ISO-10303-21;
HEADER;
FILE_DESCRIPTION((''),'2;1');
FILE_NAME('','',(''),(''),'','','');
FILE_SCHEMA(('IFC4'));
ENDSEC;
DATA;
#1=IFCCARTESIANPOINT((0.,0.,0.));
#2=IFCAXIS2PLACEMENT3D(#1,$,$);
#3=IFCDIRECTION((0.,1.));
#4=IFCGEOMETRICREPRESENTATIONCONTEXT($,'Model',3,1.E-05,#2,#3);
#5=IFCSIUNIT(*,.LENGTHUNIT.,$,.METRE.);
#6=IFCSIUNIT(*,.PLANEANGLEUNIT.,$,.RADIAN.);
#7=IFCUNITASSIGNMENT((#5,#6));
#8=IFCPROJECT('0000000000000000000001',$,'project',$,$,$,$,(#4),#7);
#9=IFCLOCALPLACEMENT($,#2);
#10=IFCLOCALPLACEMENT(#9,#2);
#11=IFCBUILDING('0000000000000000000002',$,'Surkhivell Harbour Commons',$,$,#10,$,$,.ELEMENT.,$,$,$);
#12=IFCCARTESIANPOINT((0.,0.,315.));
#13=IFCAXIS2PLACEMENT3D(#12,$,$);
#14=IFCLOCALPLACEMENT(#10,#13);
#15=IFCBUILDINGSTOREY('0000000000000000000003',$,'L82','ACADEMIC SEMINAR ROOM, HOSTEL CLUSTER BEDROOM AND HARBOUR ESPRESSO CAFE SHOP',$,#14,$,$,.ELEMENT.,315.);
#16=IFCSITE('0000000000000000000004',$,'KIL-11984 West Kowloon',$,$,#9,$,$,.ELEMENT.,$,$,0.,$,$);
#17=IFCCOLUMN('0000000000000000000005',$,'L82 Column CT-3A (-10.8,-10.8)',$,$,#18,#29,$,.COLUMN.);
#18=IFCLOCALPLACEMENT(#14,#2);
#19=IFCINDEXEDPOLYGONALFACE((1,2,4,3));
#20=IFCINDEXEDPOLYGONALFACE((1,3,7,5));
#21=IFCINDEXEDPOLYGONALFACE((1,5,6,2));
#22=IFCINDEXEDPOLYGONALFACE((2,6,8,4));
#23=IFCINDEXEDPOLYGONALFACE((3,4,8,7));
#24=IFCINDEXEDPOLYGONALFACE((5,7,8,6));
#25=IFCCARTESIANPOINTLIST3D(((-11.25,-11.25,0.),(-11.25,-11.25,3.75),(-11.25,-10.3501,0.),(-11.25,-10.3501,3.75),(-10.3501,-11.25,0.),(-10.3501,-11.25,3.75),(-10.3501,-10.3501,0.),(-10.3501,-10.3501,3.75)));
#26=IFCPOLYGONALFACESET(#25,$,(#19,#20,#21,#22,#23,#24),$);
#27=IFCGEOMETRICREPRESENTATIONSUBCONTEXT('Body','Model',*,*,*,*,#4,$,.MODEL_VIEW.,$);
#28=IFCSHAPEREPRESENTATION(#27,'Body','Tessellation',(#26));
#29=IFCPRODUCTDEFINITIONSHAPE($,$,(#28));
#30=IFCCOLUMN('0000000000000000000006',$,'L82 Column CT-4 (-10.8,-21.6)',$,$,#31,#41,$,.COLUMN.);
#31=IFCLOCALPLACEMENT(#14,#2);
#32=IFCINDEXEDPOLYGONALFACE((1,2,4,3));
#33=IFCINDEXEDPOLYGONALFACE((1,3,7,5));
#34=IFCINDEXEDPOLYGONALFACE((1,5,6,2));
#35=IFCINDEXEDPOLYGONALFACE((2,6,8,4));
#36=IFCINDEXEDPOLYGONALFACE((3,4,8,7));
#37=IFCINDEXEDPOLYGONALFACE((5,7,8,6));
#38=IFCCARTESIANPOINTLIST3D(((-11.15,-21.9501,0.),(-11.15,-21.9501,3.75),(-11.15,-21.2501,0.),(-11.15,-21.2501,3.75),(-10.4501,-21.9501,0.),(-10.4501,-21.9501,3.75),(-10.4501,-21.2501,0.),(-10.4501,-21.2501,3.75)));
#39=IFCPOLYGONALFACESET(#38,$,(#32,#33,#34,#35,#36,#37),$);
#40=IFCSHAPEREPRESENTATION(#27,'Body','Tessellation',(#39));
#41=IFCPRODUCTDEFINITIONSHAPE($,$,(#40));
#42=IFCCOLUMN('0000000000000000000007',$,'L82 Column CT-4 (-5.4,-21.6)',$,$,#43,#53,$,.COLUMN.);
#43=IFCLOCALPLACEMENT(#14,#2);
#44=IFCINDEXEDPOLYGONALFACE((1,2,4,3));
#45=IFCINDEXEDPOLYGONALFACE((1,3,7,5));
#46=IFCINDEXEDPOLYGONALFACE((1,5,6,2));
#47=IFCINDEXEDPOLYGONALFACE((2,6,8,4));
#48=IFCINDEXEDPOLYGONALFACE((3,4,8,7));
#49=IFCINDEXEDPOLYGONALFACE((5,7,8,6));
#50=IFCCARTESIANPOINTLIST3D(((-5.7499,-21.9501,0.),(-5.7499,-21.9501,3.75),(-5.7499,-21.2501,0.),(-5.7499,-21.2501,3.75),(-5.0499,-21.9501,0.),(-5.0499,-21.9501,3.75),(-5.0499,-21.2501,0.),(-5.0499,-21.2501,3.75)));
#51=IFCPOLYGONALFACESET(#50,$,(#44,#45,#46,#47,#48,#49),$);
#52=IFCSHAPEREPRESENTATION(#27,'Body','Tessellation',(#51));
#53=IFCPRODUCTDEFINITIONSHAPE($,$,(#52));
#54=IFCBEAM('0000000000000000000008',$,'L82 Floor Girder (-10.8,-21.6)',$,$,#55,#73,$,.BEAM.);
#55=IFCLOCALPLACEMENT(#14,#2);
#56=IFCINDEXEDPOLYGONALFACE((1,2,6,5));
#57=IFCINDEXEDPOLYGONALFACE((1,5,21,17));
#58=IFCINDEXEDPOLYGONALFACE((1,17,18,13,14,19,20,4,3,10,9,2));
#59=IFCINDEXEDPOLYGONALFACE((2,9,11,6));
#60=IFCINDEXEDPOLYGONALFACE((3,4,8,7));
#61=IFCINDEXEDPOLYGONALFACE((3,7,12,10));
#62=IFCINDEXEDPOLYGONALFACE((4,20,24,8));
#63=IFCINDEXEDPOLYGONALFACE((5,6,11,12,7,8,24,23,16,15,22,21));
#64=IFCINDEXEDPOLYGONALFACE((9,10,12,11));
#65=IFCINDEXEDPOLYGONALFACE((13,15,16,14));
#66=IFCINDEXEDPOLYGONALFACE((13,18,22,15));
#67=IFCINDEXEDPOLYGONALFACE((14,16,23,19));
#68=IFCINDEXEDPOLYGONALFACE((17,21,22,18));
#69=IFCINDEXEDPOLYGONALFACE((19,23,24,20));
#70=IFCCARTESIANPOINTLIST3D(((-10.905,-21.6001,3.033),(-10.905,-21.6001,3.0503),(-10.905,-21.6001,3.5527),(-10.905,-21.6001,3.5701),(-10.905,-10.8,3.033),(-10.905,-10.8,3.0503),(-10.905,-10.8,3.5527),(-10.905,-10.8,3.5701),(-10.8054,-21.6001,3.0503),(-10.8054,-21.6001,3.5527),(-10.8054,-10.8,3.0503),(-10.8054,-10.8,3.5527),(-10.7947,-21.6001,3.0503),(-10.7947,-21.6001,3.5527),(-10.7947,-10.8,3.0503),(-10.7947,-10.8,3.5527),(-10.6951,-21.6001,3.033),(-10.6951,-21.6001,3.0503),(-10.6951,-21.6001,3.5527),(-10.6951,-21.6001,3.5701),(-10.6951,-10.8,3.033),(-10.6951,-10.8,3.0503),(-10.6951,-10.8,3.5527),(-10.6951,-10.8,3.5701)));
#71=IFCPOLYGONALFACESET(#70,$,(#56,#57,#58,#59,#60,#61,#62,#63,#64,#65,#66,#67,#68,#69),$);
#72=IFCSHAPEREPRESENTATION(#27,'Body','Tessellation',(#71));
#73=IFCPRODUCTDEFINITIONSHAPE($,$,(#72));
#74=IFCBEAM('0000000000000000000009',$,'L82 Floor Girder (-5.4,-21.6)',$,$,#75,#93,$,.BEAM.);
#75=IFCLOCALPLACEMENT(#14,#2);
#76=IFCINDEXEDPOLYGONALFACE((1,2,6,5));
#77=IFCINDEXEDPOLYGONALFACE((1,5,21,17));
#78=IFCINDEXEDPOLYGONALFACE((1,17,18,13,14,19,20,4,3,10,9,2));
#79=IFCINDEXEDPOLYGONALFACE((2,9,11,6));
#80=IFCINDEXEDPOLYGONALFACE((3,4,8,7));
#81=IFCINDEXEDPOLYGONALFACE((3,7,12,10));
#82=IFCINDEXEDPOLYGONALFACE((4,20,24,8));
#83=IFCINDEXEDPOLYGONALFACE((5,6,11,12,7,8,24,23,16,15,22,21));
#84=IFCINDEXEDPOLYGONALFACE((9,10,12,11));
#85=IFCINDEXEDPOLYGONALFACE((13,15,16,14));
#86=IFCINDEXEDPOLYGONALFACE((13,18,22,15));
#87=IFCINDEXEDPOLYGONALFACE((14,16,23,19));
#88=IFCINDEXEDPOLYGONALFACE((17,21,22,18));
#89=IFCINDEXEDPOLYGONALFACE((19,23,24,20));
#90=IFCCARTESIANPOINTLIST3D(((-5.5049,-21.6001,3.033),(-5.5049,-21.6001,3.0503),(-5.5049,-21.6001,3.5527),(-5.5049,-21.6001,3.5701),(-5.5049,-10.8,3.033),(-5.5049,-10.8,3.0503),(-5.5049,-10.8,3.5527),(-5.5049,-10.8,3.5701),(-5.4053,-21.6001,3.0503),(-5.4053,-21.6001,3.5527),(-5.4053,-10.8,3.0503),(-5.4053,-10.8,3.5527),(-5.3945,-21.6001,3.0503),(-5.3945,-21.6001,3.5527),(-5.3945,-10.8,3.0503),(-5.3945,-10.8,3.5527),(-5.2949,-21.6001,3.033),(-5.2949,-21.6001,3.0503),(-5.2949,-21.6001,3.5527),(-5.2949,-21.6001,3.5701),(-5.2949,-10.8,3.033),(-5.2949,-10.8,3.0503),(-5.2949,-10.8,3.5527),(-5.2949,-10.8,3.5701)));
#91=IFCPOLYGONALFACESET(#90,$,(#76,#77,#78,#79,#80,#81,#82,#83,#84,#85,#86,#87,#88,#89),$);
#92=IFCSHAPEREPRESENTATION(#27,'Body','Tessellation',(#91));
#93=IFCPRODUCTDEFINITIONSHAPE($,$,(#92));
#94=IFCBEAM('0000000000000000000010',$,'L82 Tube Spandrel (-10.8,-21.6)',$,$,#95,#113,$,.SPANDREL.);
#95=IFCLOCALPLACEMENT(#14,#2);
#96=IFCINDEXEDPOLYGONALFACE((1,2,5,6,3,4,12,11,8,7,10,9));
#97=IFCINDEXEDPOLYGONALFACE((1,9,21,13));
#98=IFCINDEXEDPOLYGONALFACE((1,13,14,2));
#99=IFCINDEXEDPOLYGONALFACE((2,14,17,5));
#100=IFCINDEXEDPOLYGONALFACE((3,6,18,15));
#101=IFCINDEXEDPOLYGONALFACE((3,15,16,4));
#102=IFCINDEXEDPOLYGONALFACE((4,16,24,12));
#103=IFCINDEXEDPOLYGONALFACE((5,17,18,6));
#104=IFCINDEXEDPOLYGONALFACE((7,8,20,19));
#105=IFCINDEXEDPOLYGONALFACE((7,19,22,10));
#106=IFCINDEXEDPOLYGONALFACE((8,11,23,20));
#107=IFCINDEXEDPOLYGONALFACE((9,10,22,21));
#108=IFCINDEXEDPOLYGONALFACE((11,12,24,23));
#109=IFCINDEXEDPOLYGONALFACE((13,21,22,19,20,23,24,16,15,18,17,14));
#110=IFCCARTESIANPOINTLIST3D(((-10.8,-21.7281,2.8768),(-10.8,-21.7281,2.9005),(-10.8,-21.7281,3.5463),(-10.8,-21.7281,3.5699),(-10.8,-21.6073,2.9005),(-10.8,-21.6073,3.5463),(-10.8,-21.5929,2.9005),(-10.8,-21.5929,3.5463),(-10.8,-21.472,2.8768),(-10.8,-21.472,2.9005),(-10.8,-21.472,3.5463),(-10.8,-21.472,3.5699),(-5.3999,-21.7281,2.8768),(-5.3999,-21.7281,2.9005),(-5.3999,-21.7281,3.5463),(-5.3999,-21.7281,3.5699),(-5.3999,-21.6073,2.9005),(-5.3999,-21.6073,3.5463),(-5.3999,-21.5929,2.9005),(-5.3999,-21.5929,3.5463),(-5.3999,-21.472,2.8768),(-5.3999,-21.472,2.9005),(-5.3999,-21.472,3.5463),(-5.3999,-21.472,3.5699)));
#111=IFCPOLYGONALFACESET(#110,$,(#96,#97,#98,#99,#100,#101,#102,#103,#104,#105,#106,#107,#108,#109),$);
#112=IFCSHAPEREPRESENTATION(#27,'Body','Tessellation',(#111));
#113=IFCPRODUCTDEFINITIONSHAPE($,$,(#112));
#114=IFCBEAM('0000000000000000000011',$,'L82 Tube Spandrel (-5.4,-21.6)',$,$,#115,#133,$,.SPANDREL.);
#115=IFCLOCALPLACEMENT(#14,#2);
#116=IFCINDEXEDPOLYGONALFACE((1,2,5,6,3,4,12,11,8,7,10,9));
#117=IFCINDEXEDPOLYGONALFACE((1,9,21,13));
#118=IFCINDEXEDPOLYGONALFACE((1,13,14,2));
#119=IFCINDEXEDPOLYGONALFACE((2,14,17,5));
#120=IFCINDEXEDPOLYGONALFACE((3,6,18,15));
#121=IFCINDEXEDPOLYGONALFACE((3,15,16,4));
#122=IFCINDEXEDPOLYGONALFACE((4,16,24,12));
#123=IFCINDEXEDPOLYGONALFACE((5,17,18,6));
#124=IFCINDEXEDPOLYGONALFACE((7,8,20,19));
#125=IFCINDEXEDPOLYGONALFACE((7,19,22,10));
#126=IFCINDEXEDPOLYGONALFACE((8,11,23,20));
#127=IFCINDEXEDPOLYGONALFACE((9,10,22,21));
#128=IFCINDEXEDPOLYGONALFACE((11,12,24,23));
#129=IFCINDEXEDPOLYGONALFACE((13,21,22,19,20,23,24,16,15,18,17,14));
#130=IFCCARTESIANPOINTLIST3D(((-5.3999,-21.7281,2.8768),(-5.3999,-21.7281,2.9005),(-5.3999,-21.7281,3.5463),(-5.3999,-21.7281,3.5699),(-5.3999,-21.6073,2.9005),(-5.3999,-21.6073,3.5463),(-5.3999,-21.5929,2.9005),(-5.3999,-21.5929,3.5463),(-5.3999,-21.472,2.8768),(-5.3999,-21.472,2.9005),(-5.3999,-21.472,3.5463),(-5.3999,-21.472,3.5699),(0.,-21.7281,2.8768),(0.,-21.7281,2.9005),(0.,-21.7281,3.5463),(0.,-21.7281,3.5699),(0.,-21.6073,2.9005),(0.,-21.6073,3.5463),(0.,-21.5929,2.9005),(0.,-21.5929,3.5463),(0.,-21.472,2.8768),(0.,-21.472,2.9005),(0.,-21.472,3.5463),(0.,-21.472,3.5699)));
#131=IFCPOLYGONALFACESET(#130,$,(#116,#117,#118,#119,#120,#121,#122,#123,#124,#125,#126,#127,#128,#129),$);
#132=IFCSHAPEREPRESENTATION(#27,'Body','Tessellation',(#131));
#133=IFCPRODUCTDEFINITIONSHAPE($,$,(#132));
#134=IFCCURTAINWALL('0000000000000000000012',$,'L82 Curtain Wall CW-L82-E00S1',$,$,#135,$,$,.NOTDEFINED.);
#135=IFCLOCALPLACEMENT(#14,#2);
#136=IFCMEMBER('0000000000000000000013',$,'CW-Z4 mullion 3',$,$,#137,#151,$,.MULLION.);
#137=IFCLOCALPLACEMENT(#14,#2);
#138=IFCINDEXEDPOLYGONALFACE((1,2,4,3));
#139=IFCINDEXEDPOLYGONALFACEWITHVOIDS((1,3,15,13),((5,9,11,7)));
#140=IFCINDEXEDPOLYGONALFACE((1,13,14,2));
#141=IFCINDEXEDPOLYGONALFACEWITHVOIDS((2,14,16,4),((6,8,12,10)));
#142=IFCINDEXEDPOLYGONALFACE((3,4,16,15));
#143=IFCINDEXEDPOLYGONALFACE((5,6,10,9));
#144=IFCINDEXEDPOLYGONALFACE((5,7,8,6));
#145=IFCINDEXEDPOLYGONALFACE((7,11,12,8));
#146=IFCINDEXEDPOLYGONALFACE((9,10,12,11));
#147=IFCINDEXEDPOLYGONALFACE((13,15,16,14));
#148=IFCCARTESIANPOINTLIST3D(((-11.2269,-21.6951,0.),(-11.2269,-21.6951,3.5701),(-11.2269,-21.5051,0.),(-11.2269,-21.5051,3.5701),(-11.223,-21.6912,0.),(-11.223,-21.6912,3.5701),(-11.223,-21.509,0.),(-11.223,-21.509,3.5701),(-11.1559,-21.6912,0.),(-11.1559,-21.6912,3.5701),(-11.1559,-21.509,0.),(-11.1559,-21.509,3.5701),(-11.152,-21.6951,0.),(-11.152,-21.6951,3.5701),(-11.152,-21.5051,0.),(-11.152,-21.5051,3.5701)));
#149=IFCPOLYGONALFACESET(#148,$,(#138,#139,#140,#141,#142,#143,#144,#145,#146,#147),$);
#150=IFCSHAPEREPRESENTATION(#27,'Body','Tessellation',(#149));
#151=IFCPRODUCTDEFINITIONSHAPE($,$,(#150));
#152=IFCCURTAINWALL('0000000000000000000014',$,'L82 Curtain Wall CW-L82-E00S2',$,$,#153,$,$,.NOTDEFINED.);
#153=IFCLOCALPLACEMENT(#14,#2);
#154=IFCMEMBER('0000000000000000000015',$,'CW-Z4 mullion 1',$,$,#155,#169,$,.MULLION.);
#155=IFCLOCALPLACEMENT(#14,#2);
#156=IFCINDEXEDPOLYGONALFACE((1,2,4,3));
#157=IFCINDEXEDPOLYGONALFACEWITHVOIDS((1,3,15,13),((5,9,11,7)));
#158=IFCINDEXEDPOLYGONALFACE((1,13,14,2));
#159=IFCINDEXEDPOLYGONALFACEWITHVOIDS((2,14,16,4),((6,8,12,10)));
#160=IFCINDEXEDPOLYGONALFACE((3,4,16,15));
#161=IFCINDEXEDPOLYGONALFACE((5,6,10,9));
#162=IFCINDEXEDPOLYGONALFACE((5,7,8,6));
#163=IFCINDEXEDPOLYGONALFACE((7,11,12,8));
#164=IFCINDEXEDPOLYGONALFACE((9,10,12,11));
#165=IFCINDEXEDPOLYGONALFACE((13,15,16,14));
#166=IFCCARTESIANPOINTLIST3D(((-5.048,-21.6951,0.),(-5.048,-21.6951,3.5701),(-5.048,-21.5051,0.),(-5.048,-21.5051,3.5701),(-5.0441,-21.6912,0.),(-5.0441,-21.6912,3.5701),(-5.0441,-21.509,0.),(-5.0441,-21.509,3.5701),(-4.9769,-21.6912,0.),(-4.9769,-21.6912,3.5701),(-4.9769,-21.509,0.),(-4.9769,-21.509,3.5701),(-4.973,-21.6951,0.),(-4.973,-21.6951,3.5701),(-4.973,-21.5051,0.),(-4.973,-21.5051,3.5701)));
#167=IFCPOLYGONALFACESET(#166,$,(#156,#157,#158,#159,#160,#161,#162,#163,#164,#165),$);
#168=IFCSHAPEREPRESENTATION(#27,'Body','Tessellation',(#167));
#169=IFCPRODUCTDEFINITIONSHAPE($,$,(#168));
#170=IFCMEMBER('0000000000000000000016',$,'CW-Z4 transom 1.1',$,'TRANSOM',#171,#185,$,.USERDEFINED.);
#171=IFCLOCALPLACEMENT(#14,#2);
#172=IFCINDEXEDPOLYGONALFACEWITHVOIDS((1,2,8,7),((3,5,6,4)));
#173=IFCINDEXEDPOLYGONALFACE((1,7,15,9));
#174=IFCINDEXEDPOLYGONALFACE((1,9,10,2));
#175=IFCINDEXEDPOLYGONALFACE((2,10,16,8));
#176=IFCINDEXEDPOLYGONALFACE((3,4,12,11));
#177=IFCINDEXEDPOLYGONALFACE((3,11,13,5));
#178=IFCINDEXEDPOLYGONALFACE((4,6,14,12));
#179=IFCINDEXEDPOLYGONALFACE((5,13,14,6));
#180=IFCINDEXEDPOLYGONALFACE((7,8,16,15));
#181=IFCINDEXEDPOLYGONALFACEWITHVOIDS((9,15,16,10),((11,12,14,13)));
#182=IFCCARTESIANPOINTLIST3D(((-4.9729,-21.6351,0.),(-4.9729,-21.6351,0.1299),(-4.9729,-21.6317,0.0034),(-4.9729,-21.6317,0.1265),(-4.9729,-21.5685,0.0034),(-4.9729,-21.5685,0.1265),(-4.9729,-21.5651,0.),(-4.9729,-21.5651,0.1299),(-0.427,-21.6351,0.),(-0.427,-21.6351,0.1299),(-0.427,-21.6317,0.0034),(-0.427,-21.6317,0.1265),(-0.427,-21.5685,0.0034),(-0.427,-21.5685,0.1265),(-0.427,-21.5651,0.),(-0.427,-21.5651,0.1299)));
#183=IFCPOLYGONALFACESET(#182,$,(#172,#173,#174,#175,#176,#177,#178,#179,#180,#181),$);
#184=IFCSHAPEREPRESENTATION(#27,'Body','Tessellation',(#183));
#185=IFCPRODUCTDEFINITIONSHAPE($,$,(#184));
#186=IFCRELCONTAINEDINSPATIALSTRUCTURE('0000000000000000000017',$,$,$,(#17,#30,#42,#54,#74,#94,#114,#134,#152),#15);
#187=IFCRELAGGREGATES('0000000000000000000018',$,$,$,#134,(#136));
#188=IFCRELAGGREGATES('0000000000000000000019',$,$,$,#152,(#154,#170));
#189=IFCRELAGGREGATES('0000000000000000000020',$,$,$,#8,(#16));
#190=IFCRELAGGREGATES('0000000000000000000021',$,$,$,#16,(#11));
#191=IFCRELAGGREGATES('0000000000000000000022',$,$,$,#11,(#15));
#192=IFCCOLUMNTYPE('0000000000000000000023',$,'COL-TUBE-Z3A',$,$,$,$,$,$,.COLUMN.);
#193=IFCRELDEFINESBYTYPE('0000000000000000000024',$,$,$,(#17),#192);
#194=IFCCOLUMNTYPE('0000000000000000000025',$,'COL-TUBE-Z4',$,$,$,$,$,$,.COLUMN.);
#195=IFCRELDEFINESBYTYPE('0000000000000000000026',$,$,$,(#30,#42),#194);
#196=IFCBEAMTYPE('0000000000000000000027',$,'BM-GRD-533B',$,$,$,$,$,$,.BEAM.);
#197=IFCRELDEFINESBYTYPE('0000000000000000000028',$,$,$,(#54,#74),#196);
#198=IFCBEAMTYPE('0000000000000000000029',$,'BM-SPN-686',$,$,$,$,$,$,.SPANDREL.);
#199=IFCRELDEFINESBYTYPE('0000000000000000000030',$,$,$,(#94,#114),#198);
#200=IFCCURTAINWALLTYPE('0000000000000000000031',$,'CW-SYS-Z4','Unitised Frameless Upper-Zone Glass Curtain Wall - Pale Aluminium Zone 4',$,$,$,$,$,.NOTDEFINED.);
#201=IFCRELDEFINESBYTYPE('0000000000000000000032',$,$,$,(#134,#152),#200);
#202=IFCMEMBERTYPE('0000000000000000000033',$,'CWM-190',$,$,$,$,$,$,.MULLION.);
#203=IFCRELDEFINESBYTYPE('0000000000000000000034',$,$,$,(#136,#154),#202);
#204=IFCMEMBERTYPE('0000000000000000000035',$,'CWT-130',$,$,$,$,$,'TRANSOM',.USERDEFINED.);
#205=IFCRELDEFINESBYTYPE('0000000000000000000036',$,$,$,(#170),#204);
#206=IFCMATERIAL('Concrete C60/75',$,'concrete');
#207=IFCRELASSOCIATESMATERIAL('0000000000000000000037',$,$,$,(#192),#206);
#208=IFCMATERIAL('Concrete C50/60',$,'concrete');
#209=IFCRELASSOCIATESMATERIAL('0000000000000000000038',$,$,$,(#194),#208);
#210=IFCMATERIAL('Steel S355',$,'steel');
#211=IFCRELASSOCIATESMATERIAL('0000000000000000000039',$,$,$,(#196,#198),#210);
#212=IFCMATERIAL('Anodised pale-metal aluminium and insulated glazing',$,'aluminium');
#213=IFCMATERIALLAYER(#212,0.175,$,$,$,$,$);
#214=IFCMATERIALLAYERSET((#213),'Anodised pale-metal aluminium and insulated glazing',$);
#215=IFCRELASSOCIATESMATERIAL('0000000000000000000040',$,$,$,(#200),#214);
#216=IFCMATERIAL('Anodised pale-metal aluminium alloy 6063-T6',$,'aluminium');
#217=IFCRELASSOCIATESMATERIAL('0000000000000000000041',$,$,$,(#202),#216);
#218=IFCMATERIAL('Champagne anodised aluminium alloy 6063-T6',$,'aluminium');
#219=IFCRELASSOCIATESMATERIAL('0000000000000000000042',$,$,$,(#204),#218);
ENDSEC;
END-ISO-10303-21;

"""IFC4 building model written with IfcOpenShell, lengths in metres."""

from ifc_helpers import new_model, si_unit, direction, frame, origin, origin_2d, place, context, subcontext, project, spatial, rectangle, hollow_rectangle, i_section, extrude, material, layer, layer_set, material_profile, profile_set, type_object, element, aggregate, save


model = new_model("IFC4")

# Units and contexts
model_context = context("Model", 3, precision=1e-05, world=origin(), true_north=direction((0.0, 1.0)))
body_context = subcontext(model_context, "Body", "Model", "MODEL_VIEW")
ifc_project = project(units=[si_unit("LENGTHUNIT", "METRE"), si_unit("PLANEANGLEUNIT", "RADIAN")], contexts=[model_context])

# Site, building, storey
site_placement = place(None, origin())
site = spatial("IfcSite", under=ifc_project, at=site_placement, Name="KIL-11984 West Kowloon", CompositionType="ELEMENT", RefElevation=0.0)
building_placement = place(site_placement, origin())
building = spatial("IfcBuilding", under=site, at=building_placement, Name="Surkhivell Harbour Commons", CompositionType="ELEMENT")
storey_placement = place(building_placement, frame((0.0, 0.0, 315.0)))
storey = spatial("IfcBuildingStorey", under=building, at=storey_placement, Name="L82", Description="ACADEMIC SEMINAR ROOM, HOSTEL CLUSTER BEDROOM AND HARBOUR ESPRESSO CAFE SHOP", CompositionType="ELEMENT", Elevation=315.0)

# Columns
ifc_material_1 = material(Name="Concrete C60/75", Category="concrete")
ifc_material_profile_1 = material_profile(ifc_material_1, rectangle(XDim=0.8999, YDim=0.8999, at=origin_2d()), Name="RC-COL-900x900")
ifc_profile_set_1 = profile_set([ifc_material_profile_1], Name="Concrete C60/75")
column_type_1 = type_object("IfcColumnType", Name="COL-TUBE-Z3A", PredefinedType="COLUMN", material=ifc_profile_set_1)
column_placement = place(storey_placement, frame((-10.8, -10.8, 0.0), z_axis=(0.0, 0.0, 1.0), x_axis=(1.0, 0.0, 0.0)))
element("IfcColumn", 1, at=column_placement, inside=storey, type_object=column_type_1, Name="L82 Column CT-3A (-10.8,-10.8)", PredefinedType="COLUMN", context=body_context, shape_type="SweptSolid", body=[
    extrude(rectangle(XDim=0.8999, YDim=0.8999, at=origin_2d()), origin(), (0.0, 0.0, 1.0), 3.75),
])
ifc_material_2 = material(Name="Concrete C50/60", Category="concrete")
ifc_material_profile_2 = material_profile(ifc_material_2, rectangle(XDim=0.7, YDim=0.7, at=origin_2d()), Name="RC-COL-700x700")
ifc_profile_set_2 = profile_set([ifc_material_profile_2], Name="Concrete C50/60")
column_type_2 = type_object("IfcColumnType", Name="COL-TUBE-Z4", PredefinedType="COLUMN", material=ifc_profile_set_2)
for number, where, z_axis, x_axis, name in (
    (2, (-10.8, -21.6001, 0.0), (0.0, 0.0, 1.0), (1.0, 0.0, 0.0), "L82 Column CT-4 (-10.8,-21.6)"),
    (3, (-5.3999, -21.6001, 0.0), (0.0, 0.0, 1.0), (1.0, 0.0, 0.0), "L82 Column CT-4 (-5.4,-21.6)"),
):
    element("IfcColumn", number, at=place(storey_placement, frame(where, z_axis=z_axis, x_axis=x_axis)), inside=storey, type_object=column_type_2, Name=name, PredefinedType="COLUMN", context=body_context, shape_type="SweptSolid", body=[
        extrude(rectangle(XDim=0.7, YDim=0.7, at=origin_2d()), origin(), (0.0, 0.0, 1.0), 3.75),
    ])

# Beams
ifc_material_3 = material(Name="Steel S355", Category="steel")
ifc_material_profile_3 = material_profile(ifc_material_3, i_section(OverallWidth=0.21, OverallDepth=0.5371, WebThickness=0.0107, FlangeThickness=0.0173, at=origin_2d()), Name="UB533x210x101")
ifc_profile_set_3 = profile_set([ifc_material_profile_3], Name="Steel S355")
beam_type_1 = type_object("IfcBeamType", Name="BM-GRD-533B", PredefinedType="BEAM", material=ifc_profile_set_3)
for number, where, z_axis, x_axis, name in (
    (4, (-10.8, -21.6001, 3.3015), (0.0, 1.0, 0.0), (-1.0, 0.0, 0.0), "L82 Floor Girder (-10.8,-21.6)"),
    (5, (-5.3999, -21.6001, 3.3015), (0.0, 1.0, 0.0), (-1.0, 0.0, 0.0), "L82 Floor Girder (-5.4,-21.6)"),
):
    element("IfcBeam", number, at=place(storey_placement, frame(where, z_axis=z_axis, x_axis=x_axis)), inside=storey, type_object=beam_type_1, Name=name, PredefinedType="BEAM", context=body_context, shape_type="SweptSolid", body=[
        extrude(i_section(OverallWidth=0.21, OverallDepth=0.5371, WebThickness=0.0107, FlangeThickness=0.0173, at=origin_2d()), origin(), (0.0, 0.0, 1.0), 10.8),
    ])
ifc_material_profile_4 = material_profile(ifc_material_3, i_section(OverallWidth=0.2561, OverallDepth=0.6931, WebThickness=0.0144, FlangeThickness=0.0237, at=origin_2d()), Name="UB686x254x170")
ifc_profile_set_4 = profile_set([ifc_material_profile_4], Name="Steel S355")
beam_type_2 = type_object("IfcBeamType", Name="BM-SPN-686", PredefinedType="SPANDREL", material=ifc_profile_set_4)
beam_1_placement = place(storey_placement, frame((-10.8, -21.6001, 3.2234), z_axis=(1.0, 0.0, 0.0), x_axis=(0.0, 1.0, 0.0)))
element("IfcBeam", 6, at=beam_1_placement, inside=storey, type_object=beam_type_2, Name="L82 Tube Spandrel (-10.8,-21.6)", PredefinedType="SPANDREL", context=body_context, shape_type="SweptSolid", body=[
    extrude(i_section(OverallWidth=0.2561, OverallDepth=0.6931, WebThickness=0.0144, FlangeThickness=0.0237, at=origin_2d()), origin(), (0.0, 0.0, 1.0), 5.4001),
])
beam_2_placement = place(storey_placement, frame((-5.3999, -21.6001, 3.2234), z_axis=(1.0, 0.0, 0.0), x_axis=(0.0, 1.0, 0.0)))
element("IfcBeam", 7, at=beam_2_placement, inside=storey, type_object=beam_type_2, Name="L82 Tube Spandrel (-5.4,-21.6)", PredefinedType="SPANDREL", context=body_context, shape_type="SweptSolid", body=[
    extrude(i_section(OverallWidth=0.2561, OverallDepth=0.6931, WebThickness=0.0144, FlangeThickness=0.0237, at=origin_2d()), origin(), (0.0, 0.0, 1.0), 5.3999),
])

# Curtain wall, member
ifc_material_4 = material(Name="Anodised pale-metal aluminium and insulated glazing", Category="aluminium")
ifc_layer_1 = layer(ifc_material_4, 0.175)
ifc_layer_set_1 = layer_set([ifc_layer_1], Name="Anodised pale-metal aluminium and insulated glazing")
curtain_wall_type = type_object("IfcCurtainWallType", Name="CW-SYS-Z4", Description="Unitised Frameless Upper-Zone Glass Curtain Wall - Pale Aluminium Zone 4", PredefinedType="NOTDEFINED", material=ifc_layer_set_1)
curtain_wall_1_placement = place(storey_placement, origin())
curtain_wall_1 = element("IfcCurtainWall", 8, at=curtain_wall_1_placement, inside=storey, type_object=curtain_wall_type, Name="L82 Curtain Wall CW-L82-E00S1", PredefinedType="NOTDEFINED")
ifc_material_5 = material(Name="Anodised pale-metal aluminium alloy 6063-T6", Category="aluminium")
ifc_material_profile_5 = material_profile(ifc_material_5, hollow_rectangle(XDim=0.075, YDim=0.1899, WallThickness=0.0039, at=origin_2d()), Name="ALU-MULL-75x190")
ifc_profile_set_5 = profile_set([ifc_material_profile_5], Name="Anodised pale-metal aluminium alloy 6063-T6")
member_type_1 = type_object("IfcMemberType", Name="CWM-190", PredefinedType="MULLION", material=ifc_profile_set_5)
member_1_placement = place(storey_placement, frame((-11.1895, -21.6001, 0.0), z_axis=(0.0, 0.0, 1.0), x_axis=(1.0, 0.0, 0.0)))
member_1 = element("IfcMember", 9, at=member_1_placement, type_object=member_type_1, Name="CW-Z4 mullion 3", PredefinedType="MULLION", context=body_context, shape_type="SweptSolid", body=[
    extrude(hollow_rectangle(XDim=0.075, YDim=0.1899, WallThickness=0.0039, at=origin_2d()), origin(), (0.0, 0.0, 1.0), 3.5701),
])
aggregate(curtain_wall_1, [member_1])

# Curtain wall, members
curtain_wall_2_placement = place(storey_placement, origin())
curtain_wall_2 = element("IfcCurtainWall", 10, at=curtain_wall_2_placement, inside=storey, type_object=curtain_wall_type, Name="L82 Curtain Wall CW-L82-E00S2", PredefinedType="NOTDEFINED")
member_2_placement = place(storey_placement, frame((-5.0105, -21.6001, 0.0), z_axis=(0.0, 0.0, 1.0), x_axis=(1.0, 0.0, 0.0)))
member_2 = element("IfcMember", 11, at=member_2_placement, type_object=member_type_1, Name="CW-Z4 mullion 1", PredefinedType="MULLION", context=body_context, shape_type="SweptSolid", body=[
    extrude(hollow_rectangle(XDim=0.075, YDim=0.1899, WallThickness=0.0039, at=origin_2d()), origin(), (0.0, 0.0, 1.0), 3.5701),
])
ifc_material_6 = material(Name="Champagne anodised aluminium alloy 6063-T6", Category="aluminium")
ifc_material_profile_6 = material_profile(ifc_material_6, hollow_rectangle(XDim=0.0701, YDim=0.1299, WallThickness=0.0034, at=origin_2d()), Name="ALU-TRAN-70x130")
ifc_profile_set_6 = profile_set([ifc_material_profile_6], Name="Champagne anodised aluminium alloy 6063-T6")
member_type_2 = type_object("IfcMemberType", Name="CWT-130", ElementType="TRANSOM", PredefinedType="USERDEFINED", material=ifc_profile_set_6)
member_3_placement = place(storey_placement, frame((-4.9729, -21.6001, 0.0649), z_axis=(1.0, 0.0, 0.0), x_axis=(0.0, 1.0, 0.0)))
member_3 = element("IfcMember", 12, at=member_3_placement, type_object=member_type_2, Name="CW-Z4 transom 1.1", ObjectType="TRANSOM", PredefinedType="USERDEFINED", context=body_context, shape_type="SweptSolid", body=[
    extrude(hollow_rectangle(XDim=0.0701, YDim=0.1299, WallThickness=0.0034, at=origin_2d()), origin(), (0.0, 0.0, 1.0), 4.5459),
])

aggregate(curtain_wall_2, [member_2, member_3])

save(model, "model.ifc")
